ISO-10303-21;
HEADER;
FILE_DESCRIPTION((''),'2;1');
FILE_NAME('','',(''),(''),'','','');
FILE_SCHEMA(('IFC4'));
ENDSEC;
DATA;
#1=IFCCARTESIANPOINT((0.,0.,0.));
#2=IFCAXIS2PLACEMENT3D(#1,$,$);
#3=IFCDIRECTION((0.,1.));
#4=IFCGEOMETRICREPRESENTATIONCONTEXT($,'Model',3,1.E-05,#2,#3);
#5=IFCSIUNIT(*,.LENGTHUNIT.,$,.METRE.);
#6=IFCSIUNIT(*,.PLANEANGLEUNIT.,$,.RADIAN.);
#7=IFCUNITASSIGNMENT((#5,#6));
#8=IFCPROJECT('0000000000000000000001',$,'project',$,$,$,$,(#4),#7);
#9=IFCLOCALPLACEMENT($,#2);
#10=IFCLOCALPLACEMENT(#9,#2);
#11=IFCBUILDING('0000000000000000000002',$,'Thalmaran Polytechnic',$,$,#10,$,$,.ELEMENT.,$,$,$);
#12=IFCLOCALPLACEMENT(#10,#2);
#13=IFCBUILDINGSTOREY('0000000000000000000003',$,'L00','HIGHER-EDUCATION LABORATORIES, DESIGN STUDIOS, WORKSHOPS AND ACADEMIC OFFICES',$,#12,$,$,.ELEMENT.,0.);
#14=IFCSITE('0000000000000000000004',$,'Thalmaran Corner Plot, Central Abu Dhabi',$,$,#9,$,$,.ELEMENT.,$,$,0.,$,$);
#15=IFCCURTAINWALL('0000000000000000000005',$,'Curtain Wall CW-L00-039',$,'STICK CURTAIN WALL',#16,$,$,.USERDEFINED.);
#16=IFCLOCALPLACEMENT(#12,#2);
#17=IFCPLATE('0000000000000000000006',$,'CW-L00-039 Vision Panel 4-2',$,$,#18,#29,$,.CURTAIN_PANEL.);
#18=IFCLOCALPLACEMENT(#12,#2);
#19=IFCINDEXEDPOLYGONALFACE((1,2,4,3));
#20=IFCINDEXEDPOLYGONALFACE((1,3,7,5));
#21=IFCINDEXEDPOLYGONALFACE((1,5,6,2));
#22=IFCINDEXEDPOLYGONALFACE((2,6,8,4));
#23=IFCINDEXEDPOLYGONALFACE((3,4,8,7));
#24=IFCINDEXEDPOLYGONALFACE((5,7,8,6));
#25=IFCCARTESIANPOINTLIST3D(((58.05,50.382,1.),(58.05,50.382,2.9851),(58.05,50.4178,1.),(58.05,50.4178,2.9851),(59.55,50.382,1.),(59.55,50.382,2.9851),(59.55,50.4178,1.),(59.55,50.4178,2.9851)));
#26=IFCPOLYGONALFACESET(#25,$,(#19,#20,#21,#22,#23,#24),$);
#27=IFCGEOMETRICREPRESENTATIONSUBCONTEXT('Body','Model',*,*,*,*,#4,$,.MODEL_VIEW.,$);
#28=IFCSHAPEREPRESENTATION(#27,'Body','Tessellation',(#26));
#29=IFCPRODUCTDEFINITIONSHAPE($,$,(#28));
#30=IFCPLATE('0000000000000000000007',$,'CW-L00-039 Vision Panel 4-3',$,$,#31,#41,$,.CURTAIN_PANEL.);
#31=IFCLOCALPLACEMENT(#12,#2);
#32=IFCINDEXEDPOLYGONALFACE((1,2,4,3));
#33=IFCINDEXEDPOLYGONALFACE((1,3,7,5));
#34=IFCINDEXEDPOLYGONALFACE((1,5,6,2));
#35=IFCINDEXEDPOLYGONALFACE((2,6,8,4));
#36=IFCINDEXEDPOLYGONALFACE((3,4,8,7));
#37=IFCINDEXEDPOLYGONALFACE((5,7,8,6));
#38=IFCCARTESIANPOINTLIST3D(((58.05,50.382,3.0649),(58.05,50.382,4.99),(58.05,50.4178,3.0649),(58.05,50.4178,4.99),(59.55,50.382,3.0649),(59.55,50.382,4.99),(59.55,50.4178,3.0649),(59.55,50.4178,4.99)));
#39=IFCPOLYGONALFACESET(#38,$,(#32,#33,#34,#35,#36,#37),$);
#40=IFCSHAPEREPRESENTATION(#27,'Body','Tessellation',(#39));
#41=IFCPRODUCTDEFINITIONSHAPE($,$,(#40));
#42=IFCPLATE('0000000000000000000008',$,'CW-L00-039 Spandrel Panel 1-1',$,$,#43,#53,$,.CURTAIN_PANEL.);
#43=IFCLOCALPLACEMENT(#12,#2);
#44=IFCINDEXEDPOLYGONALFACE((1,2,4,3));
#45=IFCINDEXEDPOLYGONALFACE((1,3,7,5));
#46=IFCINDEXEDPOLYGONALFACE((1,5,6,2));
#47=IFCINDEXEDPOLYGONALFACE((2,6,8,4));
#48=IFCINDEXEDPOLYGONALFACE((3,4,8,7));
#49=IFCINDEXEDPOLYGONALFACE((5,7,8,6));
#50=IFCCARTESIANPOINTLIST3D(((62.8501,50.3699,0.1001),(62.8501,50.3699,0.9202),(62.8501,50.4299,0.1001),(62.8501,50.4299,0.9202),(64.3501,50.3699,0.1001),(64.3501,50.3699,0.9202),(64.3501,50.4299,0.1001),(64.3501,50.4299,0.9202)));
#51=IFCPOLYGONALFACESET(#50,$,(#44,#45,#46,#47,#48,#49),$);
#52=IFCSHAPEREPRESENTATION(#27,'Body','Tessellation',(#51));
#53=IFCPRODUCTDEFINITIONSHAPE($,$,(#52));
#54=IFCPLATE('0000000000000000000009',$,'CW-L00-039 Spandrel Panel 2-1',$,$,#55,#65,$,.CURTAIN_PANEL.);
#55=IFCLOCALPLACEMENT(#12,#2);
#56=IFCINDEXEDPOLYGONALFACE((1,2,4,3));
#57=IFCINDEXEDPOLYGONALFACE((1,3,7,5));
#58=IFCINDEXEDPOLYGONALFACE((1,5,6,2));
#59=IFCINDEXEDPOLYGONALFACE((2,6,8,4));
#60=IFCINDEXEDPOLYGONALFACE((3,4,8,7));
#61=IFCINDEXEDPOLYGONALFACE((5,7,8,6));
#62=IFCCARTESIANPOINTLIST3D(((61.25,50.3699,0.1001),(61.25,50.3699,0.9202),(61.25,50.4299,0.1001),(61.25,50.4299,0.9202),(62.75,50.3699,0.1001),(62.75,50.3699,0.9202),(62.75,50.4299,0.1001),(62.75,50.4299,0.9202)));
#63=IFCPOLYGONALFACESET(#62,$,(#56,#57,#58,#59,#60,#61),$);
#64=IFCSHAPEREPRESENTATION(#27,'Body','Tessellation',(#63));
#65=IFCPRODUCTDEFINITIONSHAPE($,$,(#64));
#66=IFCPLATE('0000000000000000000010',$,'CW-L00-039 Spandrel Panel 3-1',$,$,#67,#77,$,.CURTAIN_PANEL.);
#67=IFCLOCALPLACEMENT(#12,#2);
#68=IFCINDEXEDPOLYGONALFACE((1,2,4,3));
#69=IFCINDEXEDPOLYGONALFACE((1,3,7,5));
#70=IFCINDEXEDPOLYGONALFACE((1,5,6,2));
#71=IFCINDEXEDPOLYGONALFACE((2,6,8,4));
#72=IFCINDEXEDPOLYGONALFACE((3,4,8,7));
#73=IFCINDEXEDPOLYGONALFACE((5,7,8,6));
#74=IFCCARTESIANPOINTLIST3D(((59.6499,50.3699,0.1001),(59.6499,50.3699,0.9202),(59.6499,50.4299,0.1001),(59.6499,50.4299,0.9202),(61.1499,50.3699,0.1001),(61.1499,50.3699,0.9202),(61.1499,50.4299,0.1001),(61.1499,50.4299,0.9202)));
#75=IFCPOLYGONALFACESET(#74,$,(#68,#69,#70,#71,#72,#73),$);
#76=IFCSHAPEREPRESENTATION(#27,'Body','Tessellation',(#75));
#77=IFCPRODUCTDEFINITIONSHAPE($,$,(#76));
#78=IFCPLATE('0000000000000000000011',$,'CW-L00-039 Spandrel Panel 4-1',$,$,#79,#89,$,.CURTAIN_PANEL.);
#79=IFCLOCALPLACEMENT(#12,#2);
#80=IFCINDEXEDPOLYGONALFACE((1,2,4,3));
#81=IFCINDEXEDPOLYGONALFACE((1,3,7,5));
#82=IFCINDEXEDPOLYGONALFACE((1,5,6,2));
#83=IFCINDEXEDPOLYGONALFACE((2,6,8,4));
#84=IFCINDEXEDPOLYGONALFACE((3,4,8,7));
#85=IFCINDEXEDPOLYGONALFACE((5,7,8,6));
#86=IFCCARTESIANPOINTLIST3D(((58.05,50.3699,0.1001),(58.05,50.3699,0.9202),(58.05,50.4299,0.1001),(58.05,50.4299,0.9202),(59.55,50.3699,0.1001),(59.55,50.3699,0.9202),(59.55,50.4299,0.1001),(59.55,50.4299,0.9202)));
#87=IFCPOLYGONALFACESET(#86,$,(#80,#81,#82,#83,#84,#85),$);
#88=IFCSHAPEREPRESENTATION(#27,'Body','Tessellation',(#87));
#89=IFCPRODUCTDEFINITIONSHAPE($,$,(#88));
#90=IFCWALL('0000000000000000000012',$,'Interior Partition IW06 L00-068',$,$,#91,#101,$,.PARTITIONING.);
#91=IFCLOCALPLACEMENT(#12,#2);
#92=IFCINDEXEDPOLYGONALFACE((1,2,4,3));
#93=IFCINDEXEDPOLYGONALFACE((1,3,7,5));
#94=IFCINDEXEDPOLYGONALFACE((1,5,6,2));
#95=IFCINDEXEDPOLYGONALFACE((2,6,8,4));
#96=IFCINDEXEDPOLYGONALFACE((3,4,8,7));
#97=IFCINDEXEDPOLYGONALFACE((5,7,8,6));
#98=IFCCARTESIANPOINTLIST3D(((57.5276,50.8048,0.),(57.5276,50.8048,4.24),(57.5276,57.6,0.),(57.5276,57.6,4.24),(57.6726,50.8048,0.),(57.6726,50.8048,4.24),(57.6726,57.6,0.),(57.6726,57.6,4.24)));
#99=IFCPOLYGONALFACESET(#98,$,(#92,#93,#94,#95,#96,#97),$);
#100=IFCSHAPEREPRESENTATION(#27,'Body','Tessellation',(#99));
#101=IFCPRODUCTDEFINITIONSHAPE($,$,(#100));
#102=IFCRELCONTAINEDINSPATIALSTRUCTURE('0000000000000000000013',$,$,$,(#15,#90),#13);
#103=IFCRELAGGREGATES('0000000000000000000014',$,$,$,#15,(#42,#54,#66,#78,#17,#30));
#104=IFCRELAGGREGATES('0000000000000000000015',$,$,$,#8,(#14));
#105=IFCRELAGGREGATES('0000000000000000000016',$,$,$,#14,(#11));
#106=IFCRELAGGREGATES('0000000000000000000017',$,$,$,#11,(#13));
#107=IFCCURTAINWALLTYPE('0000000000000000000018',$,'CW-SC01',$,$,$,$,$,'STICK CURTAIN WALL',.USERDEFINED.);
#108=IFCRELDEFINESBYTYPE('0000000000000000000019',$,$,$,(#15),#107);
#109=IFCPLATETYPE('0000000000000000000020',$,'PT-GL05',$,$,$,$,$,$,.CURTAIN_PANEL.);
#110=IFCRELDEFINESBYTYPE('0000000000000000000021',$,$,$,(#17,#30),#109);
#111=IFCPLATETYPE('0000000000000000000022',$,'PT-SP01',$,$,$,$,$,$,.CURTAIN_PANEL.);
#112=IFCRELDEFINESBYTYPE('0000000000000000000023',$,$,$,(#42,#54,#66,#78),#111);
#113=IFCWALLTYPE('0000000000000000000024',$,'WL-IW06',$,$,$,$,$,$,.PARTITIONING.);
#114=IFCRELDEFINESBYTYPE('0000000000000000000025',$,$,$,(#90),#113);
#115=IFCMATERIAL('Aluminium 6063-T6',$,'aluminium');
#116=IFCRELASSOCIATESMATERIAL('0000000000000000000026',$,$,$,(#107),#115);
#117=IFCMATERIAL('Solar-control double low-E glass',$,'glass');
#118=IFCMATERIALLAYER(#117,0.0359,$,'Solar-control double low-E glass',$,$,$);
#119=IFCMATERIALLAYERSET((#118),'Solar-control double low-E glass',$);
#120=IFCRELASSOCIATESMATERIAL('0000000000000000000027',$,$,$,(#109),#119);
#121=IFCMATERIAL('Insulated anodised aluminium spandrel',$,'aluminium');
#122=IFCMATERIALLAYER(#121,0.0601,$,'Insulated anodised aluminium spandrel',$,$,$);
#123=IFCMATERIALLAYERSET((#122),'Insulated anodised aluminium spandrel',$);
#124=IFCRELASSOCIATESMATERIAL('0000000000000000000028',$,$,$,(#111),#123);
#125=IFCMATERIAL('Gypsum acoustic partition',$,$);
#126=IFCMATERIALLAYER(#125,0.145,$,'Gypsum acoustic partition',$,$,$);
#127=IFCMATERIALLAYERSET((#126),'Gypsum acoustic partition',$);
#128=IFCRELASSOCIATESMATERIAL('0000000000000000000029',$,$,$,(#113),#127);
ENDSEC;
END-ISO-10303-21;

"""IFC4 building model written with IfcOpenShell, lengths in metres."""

from ifc_helpers import new_model, si_unit, direction, frame, frame_2d, origin, origin_2d, place, context, subcontext, project, spatial, rectangle, extrude, material, layer, layer_set, type_object, element, aggregate, save


model = new_model("IFC4")

# Units and contexts
model_context = context("Model", 3, precision=1e-05, world=origin(), true_north=direction((0.0, 1.0)))
body_context = subcontext(model_context, "Body", "Model", "MODEL_VIEW")
ifc_project = project(units=[si_unit("LENGTHUNIT", "METRE"), si_unit("PLANEANGLEUNIT", "RADIAN")], contexts=[model_context])

# Site, building, storey
site_placement = place(None, origin())
site = spatial("IfcSite", under=ifc_project, at=site_placement, Name="Thalmaran Corner Plot, Central Abu Dhabi", CompositionType="ELEMENT", RefElevation=0.0)
building_placement = place(site_placement, origin())
building = spatial("IfcBuilding", under=site, at=building_placement, Name="Thalmaran Polytechnic", CompositionType="ELEMENT")
storey_placement = place(building_placement, origin())
storey = spatial("IfcBuildingStorey", under=building, at=storey_placement, Name="L00", Description="HIGHER-EDUCATION LABORATORIES, DESIGN STUDIOS, WORKSHOPS AND ACADEMIC OFFICES", CompositionType="ELEMENT", Elevation=0.0)

# Curtain wall
ifc_material_1 = material(Name="Aluminium 6063-T6", Category="aluminium")
curtain_wall_type = type_object("IfcCurtainWallType", Name="CW-SC01", ElementType="STICK CURTAIN WALL", PredefinedType="USERDEFINED", material=ifc_material_1)
curtain_wall_1_placement = place(storey_placement, origin())
curtain_wall_1 = element("IfcCurtainWall", 1, at=curtain_wall_1_placement, inside=storey, type_object=curtain_wall_type, Name="Curtain Wall CW-L00-039", ObjectType="STICK CURTAIN WALL", PredefinedType="USERDEFINED")

# Plates
ifc_material_2 = material(Name="Solar-control double low-E glass", Category="glass")
ifc_layer_1 = layer(ifc_material_2, 0.0359, Name="Solar-control double low-E glass")
ifc_layer_set_1 = layer_set([ifc_layer_1], Name="Solar-control double low-E glass")
plate_type_1 = type_object("IfcPlateType", Name="PT-GL05", PredefinedType="CURTAIN_PANEL", material=ifc_layer_set_1)
plate_1_placement = place(storey_placement, frame((58.8, 50.3999, 1.0), z_axis=(0.0, 0.0, 1.0), x_axis=(-1.0, 0.0, 0.0)))
plate_1 = element("IfcPlate", 2, at=plate_1_placement, type_object=plate_type_1, Name="CW-L00-039 Vision Panel 4-2", PredefinedType="CURTAIN_PANEL", context=body_context, shape_type="SweptSolid", body=[
    extrude(rectangle(XDim=1.5, YDim=0.0359, at=origin_2d()), origin(), (0.0, 0.0, 1.0), 1.9851),
])
plate_2_placement = place(storey_placement, frame((58.8, 50.3999, 3.0649), z_axis=(0.0, 0.0, 1.0), x_axis=(-1.0, 0.0, 0.0)))
plate_2 = element("IfcPlate", 3, at=plate_2_placement, type_object=plate_type_1, Name="CW-L00-039 Vision Panel 4-3", PredefinedType="CURTAIN_PANEL", context=body_context, shape_type="SweptSolid", body=[
    extrude(rectangle(XDim=1.5, YDim=0.0359, at=origin_2d()), origin(), (0.0, 0.0, 1.0), 1.925),
])
ifc_material_3 = material(Name="Insulated anodised aluminium spandrel", Category="aluminium")
ifc_layer_2 = layer(ifc_material_3, 0.0601, Name="Insulated anodised aluminium spandrel")
ifc_layer_set_2 = layer_set([ifc_layer_2], Name="Insulated anodised aluminium spandrel")
plate_type_2 = type_object("IfcPlateType", Name="PT-SP01", PredefinedType="CURTAIN_PANEL", material=ifc_layer_set_2)
plate_3_placement = place(storey_placement, frame((63.6001, 50.3999, 0.1001), z_axis=(0.0, 0.0, 1.0), x_axis=(-1.0, 0.0, 0.0)))
plate_3 = element("IfcPlate", 4, at=plate_3_placement, type_object=plate_type_2, Name="CW-L00-039 Spandrel Panel 1-1", PredefinedType="CURTAIN_PANEL", context=body_context, shape_type="SweptSolid", body=[
    extrude(rectangle(XDim=1.5, YDim=0.0601, at=origin_2d()), origin(), (0.0, 0.0, 1.0), 0.8201),
])
plate_4_placement = place(storey_placement, frame((62.0, 50.3999, 0.1001), z_axis=(0.0, 0.0, 1.0), x_axis=(-1.0, 0.0, 0.0)))
plate_4 = element("IfcPlate", 5, at=plate_4_placement, type_object=plate_type_2, Name="CW-L00-039 Spandrel Panel 2-1", PredefinedType="CURTAIN_PANEL", context=body_context, shape_type="SweptSolid", body=[
    extrude(rectangle(XDim=1.5, YDim=0.0601, at=origin_2d()), origin(), (0.0, 0.0, 1.0), 0.8201),
])
plate_5_placement = place(storey_placement, frame((60.3999, 50.3999, 0.1001), z_axis=(0.0, 0.0, 1.0), x_axis=(-1.0, 0.0, 0.0)))
plate_5 = element("IfcPlate", 6, at=plate_5_placement, type_object=plate_type_2, Name="CW-L00-039 Spandrel Panel 3-1", PredefinedType="CURTAIN_PANEL", context=body_context, shape_type="SweptSolid", body=[
    extrude(rectangle(XDim=1.5, YDim=0.0601, at=origin_2d()), origin(), (0.0, 0.0, 1.0), 0.8201),
])
plate_6_placement = place(storey_placement, frame((58.8, 50.3999, 0.1001), z_axis=(0.0, 0.0, 1.0), x_axis=(-1.0, 0.0, 0.0)))
plate_6 = element("IfcPlate", 7, at=plate_6_placement, type_object=plate_type_2, Name="CW-L00-039 Spandrel Panel 4-1", PredefinedType="CURTAIN_PANEL", context=body_context, shape_type="SweptSolid", body=[
    extrude(rectangle(XDim=1.5, YDim=0.0601, at=origin_2d()), origin(), (0.0, 0.0, 1.0), 0.8201),
])
aggregate(curtain_wall_1, [plate_3, plate_4, plate_5, plate_6, plate_1, plate_2])

# Wall
ifc_material_4 = material(Name="Gypsum acoustic partition")
ifc_layer_3 = layer(ifc_material_4, 0.145, Name="Gypsum acoustic partition")
ifc_layer_set_3 = layer_set([ifc_layer_3], Name="Gypsum acoustic partition")
wall_type = type_object("IfcWallType", Name="WL-IW06", PredefinedType="PARTITIONING", material=ifc_layer_set_3)
wall_placement = place(storey_placement, frame((57.6001, 50.8049, 0.0), z_axis=(0.0, 0.0, 1.0), x_axis=(0.0, 1.0, 0.0)))
element("IfcWall", 8, at=wall_placement, inside=storey, type_object=wall_type, Name="Interior Partition IW06 L00-068", PredefinedType="PARTITIONING", context=body_context, shape_type="SweptSolid", body=[
    extrude(rectangle(XDim=6.7952, YDim=0.145, at=frame_2d((3.3975, 0.0))), origin(), (0.0, 0.0, 1.0), 4.24),
])

save(model, "model.ifc")
